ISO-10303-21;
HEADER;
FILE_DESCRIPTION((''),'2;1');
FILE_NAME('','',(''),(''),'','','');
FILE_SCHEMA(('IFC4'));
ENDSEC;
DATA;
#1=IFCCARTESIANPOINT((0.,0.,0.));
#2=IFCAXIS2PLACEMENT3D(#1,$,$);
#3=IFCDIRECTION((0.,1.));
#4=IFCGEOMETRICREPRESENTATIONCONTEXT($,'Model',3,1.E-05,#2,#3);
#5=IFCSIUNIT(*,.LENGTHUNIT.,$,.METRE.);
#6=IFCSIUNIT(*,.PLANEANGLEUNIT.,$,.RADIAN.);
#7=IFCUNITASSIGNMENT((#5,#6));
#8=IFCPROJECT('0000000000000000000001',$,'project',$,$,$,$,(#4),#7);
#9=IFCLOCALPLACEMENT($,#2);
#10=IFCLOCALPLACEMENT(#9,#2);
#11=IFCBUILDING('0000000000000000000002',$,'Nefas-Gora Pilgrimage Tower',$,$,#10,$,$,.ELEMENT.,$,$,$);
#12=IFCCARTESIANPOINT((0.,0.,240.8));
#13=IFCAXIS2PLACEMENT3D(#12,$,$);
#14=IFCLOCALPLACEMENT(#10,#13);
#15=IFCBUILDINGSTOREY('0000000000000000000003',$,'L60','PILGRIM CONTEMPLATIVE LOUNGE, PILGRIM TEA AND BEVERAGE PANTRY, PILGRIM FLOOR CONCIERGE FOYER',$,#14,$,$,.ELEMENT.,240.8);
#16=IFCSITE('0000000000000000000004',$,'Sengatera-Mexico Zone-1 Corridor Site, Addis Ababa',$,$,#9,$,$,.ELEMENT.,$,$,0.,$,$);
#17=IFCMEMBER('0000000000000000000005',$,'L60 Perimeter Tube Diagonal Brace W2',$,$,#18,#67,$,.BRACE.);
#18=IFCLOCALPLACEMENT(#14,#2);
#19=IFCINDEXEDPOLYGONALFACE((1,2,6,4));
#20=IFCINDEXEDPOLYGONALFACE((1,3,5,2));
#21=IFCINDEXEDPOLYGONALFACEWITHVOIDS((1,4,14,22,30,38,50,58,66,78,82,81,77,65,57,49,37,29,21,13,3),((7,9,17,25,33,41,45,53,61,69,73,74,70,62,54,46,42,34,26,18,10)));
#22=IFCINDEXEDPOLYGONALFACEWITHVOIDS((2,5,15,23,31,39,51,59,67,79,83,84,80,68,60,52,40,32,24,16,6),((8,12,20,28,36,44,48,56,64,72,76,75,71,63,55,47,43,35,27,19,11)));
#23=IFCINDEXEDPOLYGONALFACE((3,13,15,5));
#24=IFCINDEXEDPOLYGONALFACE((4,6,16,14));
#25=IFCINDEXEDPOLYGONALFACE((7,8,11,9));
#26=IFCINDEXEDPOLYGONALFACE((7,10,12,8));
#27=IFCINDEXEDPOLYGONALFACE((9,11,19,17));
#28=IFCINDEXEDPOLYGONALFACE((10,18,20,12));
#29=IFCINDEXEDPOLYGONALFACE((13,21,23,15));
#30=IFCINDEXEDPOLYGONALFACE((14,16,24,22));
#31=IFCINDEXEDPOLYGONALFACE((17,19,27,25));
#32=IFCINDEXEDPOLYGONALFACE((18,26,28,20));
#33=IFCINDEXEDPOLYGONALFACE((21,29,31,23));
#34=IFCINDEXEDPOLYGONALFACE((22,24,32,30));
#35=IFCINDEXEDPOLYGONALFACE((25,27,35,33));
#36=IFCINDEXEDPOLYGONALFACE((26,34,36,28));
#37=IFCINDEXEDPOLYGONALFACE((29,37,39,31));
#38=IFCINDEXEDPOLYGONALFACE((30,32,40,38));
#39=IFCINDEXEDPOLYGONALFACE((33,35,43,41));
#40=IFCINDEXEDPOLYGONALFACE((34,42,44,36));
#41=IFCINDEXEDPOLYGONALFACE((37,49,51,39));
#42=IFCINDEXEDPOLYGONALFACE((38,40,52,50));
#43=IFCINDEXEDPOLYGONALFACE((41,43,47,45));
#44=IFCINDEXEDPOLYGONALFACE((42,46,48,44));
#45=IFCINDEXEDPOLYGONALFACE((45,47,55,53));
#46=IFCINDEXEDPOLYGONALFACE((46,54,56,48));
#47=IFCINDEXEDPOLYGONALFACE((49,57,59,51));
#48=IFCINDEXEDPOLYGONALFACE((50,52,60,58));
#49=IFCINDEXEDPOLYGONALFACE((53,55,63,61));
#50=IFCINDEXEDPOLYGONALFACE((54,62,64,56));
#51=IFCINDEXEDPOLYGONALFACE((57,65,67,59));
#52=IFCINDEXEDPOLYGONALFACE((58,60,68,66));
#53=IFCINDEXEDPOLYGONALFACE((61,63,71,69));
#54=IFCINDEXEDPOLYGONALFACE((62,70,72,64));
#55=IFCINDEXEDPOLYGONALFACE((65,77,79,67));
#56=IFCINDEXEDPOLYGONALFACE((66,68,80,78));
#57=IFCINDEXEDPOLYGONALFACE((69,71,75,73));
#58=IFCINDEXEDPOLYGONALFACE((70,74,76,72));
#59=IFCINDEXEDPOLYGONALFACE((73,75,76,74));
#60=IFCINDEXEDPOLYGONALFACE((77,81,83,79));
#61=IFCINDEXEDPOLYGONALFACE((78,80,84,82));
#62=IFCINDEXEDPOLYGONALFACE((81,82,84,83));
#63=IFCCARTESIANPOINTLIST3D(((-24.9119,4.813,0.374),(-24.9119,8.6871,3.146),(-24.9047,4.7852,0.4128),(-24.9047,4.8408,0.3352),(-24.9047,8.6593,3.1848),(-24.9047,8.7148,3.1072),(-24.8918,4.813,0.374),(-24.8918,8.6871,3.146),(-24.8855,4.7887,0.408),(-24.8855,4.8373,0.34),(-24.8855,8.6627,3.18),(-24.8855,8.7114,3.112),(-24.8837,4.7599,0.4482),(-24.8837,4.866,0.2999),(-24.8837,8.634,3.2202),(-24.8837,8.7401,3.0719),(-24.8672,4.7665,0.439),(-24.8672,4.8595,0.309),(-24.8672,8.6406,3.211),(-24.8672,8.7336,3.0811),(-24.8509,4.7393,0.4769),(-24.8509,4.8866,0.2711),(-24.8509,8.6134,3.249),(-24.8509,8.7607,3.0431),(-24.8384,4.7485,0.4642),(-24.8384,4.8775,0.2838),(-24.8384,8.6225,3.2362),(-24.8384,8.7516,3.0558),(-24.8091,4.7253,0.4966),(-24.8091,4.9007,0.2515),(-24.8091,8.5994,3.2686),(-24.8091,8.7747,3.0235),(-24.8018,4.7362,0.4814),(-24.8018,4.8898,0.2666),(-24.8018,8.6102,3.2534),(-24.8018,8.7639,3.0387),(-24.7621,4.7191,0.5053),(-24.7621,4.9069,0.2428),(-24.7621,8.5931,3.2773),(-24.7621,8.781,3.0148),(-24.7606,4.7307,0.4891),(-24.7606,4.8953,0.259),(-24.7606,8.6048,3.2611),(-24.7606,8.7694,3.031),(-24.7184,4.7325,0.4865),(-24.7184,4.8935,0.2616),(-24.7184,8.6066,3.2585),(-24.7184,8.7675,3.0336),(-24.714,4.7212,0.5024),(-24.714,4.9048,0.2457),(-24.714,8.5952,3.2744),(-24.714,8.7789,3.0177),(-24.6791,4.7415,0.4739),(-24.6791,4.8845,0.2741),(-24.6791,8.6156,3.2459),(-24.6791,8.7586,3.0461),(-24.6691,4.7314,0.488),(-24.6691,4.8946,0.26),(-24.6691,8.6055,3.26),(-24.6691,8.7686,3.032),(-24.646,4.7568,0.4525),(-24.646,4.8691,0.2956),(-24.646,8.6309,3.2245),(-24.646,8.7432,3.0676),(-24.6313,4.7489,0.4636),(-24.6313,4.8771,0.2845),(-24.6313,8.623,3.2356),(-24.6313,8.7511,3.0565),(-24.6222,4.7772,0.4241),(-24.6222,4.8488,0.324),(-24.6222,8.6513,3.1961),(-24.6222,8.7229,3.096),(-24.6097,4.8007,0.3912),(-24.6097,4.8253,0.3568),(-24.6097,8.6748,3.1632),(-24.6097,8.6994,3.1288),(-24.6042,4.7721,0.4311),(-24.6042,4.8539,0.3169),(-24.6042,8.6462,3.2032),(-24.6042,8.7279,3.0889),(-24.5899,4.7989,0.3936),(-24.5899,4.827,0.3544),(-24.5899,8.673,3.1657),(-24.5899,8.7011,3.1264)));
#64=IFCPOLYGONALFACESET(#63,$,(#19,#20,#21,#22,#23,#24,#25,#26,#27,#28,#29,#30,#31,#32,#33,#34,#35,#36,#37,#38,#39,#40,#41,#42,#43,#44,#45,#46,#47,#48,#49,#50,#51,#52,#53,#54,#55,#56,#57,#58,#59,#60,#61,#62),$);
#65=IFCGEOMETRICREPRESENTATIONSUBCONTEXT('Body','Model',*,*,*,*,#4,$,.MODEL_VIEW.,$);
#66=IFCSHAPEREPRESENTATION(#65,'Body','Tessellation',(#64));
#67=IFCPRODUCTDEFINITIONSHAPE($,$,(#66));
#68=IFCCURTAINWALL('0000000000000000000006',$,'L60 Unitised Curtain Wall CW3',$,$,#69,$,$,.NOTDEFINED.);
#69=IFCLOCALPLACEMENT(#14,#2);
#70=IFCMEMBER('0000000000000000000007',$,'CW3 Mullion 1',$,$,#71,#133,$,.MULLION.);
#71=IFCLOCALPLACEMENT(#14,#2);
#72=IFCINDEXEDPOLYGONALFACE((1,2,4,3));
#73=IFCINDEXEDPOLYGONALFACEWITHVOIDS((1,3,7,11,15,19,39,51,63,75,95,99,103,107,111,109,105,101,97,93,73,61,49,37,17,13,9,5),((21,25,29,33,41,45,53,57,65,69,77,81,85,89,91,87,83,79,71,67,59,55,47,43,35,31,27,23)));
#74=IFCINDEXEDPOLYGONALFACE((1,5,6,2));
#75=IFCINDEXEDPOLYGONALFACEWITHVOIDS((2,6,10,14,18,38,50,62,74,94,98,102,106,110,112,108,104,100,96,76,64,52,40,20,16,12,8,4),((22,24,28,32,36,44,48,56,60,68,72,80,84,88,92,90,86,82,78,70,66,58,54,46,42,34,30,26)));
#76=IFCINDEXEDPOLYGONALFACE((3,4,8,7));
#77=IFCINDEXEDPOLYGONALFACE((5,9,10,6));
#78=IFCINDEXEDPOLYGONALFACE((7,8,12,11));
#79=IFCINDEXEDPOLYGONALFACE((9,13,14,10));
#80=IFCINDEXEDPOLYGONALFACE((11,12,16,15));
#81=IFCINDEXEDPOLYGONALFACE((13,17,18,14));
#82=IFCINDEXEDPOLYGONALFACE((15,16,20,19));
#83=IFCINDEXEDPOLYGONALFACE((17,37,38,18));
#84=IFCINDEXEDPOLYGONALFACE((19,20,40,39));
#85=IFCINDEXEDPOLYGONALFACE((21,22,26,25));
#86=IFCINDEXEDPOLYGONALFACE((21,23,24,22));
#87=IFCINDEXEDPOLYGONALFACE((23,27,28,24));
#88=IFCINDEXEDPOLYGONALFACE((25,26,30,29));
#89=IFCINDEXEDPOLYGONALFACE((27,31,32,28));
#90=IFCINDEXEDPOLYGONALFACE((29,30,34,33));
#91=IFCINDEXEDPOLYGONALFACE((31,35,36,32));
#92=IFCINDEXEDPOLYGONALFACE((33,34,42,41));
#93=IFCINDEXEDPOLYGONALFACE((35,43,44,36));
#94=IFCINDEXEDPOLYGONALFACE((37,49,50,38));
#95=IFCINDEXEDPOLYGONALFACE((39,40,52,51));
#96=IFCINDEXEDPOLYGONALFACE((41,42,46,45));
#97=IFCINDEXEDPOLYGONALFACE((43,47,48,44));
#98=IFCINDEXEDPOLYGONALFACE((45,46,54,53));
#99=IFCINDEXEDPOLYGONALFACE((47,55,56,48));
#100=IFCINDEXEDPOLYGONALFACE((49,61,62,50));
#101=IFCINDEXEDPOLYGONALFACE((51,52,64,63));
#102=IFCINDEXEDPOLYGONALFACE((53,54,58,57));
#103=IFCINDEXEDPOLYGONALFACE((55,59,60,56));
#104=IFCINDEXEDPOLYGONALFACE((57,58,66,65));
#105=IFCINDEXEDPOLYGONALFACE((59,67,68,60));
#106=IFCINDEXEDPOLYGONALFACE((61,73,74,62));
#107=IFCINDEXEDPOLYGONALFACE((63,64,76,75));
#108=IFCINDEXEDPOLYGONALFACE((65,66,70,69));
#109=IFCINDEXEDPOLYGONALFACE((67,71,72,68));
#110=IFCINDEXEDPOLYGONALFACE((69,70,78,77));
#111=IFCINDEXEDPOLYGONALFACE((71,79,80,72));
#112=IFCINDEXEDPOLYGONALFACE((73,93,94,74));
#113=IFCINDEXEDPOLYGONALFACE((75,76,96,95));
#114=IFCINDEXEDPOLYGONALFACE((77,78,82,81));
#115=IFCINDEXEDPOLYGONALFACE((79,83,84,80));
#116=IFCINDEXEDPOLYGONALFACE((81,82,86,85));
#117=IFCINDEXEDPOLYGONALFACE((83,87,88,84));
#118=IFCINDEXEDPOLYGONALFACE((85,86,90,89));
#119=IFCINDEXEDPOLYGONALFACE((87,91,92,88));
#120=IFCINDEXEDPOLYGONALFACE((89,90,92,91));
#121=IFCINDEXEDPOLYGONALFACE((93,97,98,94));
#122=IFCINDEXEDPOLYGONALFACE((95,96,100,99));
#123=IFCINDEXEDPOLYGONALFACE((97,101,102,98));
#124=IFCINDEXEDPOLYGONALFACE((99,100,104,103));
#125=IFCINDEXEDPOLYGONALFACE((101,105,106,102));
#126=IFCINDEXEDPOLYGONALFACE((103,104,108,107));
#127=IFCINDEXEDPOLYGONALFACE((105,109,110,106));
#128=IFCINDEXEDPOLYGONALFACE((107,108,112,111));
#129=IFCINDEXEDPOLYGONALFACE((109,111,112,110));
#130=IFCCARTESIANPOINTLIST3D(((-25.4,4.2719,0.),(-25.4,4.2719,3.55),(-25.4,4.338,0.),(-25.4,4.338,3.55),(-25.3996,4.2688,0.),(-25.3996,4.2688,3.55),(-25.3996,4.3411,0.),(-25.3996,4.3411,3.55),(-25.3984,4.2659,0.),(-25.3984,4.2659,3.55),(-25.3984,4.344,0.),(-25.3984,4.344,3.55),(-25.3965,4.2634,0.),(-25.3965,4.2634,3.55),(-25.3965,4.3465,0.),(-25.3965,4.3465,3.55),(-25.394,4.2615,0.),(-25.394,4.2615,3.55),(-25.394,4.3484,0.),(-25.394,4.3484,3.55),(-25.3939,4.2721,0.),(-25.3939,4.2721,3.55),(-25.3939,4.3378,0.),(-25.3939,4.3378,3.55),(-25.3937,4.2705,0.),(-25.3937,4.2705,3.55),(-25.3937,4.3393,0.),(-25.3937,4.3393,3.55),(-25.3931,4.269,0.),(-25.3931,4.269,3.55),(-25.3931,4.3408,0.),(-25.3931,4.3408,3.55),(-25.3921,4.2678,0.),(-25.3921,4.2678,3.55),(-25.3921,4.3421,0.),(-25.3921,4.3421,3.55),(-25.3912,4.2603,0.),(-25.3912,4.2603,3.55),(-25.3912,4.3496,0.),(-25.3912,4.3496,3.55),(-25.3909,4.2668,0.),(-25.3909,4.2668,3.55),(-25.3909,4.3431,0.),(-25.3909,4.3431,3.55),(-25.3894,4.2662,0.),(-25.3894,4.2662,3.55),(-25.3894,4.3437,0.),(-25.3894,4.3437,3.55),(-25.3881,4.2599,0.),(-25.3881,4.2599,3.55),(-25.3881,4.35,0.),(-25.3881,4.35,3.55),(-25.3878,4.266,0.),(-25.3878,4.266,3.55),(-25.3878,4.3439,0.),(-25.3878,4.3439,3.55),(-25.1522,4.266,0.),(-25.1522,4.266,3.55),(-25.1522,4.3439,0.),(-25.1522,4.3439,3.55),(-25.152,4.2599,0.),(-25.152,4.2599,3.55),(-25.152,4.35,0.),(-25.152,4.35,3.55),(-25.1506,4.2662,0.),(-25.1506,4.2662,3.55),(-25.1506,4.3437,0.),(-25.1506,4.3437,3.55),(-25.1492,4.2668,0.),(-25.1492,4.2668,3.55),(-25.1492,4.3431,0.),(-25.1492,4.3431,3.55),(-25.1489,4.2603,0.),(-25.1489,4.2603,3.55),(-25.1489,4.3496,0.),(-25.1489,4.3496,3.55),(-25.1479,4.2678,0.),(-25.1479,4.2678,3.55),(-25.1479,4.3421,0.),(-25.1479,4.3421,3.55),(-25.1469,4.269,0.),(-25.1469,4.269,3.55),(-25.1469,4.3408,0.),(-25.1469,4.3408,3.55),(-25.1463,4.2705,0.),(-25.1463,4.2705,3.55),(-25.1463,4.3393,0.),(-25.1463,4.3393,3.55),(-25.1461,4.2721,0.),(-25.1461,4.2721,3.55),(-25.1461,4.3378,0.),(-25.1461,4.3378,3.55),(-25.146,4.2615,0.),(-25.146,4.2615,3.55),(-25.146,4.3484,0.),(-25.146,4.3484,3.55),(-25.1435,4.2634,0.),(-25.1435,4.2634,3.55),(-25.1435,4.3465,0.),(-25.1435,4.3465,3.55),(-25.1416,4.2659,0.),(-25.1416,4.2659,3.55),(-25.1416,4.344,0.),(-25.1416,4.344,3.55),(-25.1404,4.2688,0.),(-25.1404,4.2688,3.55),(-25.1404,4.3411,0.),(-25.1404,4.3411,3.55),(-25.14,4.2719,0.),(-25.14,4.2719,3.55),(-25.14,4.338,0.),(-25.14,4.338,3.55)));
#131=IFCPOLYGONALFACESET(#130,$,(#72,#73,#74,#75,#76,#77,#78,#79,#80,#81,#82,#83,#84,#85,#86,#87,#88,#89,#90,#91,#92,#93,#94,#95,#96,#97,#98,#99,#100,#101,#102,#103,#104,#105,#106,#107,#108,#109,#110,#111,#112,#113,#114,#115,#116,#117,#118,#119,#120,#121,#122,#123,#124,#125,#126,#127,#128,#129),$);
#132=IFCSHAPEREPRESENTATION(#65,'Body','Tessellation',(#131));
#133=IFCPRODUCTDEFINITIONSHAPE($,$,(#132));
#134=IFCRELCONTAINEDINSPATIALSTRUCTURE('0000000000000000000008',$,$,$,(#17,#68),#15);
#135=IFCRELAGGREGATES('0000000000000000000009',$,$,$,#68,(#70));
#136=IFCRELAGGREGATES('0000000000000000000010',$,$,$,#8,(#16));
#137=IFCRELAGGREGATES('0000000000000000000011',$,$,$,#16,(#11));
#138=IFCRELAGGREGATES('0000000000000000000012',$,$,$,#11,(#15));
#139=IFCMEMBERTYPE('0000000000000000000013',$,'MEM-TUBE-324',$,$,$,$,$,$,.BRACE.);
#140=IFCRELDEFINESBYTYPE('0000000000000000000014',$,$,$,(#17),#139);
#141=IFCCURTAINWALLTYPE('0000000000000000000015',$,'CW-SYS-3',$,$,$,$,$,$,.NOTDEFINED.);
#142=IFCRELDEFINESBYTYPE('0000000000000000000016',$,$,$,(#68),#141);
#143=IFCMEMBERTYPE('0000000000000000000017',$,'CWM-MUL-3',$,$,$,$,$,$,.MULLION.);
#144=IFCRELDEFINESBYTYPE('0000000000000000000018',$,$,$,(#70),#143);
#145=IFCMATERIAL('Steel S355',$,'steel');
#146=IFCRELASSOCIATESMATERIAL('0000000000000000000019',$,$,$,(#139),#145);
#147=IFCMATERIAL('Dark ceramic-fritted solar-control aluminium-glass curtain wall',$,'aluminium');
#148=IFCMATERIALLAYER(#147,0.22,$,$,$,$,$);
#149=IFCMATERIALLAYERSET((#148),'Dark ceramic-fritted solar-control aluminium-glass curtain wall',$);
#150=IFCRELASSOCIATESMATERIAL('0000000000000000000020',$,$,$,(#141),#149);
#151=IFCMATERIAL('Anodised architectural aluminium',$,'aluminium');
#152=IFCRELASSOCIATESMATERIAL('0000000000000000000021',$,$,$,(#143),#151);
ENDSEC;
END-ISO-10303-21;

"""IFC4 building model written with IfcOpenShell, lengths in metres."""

from ifc_helpers import new_model, si_unit, direction, frame, origin, origin_2d, place, context, subcontext, project, spatial, hollow_rectangle, hollow_circle, extrude, source, transform, mapped, material, layer, layer_set, material_profile, profile_set, type_object, element, aggregate, save


model = new_model("IFC4")

# Units and contexts
model_context = context("Model", 3, precision=1e-05, world=origin(), true_north=direction((0.0, 1.0)))
body_context = subcontext(model_context, "Body", "Model", "MODEL_VIEW")
ifc_project = project(units=[si_unit("LENGTHUNIT", "METRE"), si_unit("PLANEANGLEUNIT", "RADIAN")], contexts=[model_context])

# Site, building, storey
site_placement = place(None, origin())
site = spatial("IfcSite", under=ifc_project, at=site_placement, Name="Sengatera-Mexico Zone-1 Corridor Site, Addis Ababa", CompositionType="ELEMENT", RefElevation=0.0)
building_placement = place(site_placement, origin())
building = spatial("IfcBuilding", under=site, at=building_placement, Name="Nefas-Gora Pilgrimage Tower", CompositionType="ELEMENT")
storey_placement = place(building_placement, frame((0.0, 0.0, 240.8)))
storey = spatial("IfcBuildingStorey", under=building, at=storey_placement, Name="L60", Description="PILGRIM CONTEMPLATIVE LOUNGE, PILGRIM TEA AND BEVERAGE PANTRY, PILGRIM FLOOR CONCIERGE FOYER", CompositionType="ELEMENT", Elevation=240.8)

# Shared definitions
ifc_material_1 = material(Name="Steel S355", Category="steel")

# Member
ifc_material_profile_1 = material_profile(ifc_material_1, hollow_circle(Radius=0.1619, WallThickness=0.02, at=origin_2d()), Name="CHS 323.9x20")
ifc_profile_set_1 = profile_set([ifc_material_profile_1], Name="Steel S355")
member_type_1 = type_object("IfcMemberType", Name="MEM-TUBE-324", PredefinedType="BRACE", material=ifc_profile_set_1)
shared_shape_1 = source(origin(), body_context, "Body", "SweptSolid", [
    extrude(hollow_circle(Radius=0.1619, WallThickness=0.02, at=origin_2d()), origin(), (0.0, 0.0, 1.0), 4.7637),
])
member_1_placement = place(storey_placement, frame((-24.75, 4.813, 0.374), z_axis=(0.0, 0.813255, 0.581907), x_axis=(-1.0, 0.0, 0.0)))
element("IfcMember", 1, at=member_1_placement, inside=storey, type_object=member_type_1, Name="L60 Perimeter Tube Diagonal Brace W2", PredefinedType="BRACE", context=body_context, shape_type="MappedRepresentation", body=[
    mapped(shared_shape_1, transform((0.0, 0.0, 0.0), x_axis=(1.0, 0.0, 0.0), y_axis=(0.0, 1.0, 0.0), z_axis=(0.0, 0.0, 1.0), scale=1.0)),
])

# Curtain wall, member
ifc_material_2 = material(Name="Dark ceramic-fritted solar-control aluminium-glass curtain wall", Category="aluminium")
ifc_layer_1 = layer(ifc_material_2, 0.22)
ifc_layer_set_1 = layer_set([ifc_layer_1], Name="Dark ceramic-fritted solar-control aluminium-glass curtain wall")
curtain_wall_type = type_object("IfcCurtainWallType", Name="CW-SYS-3", PredefinedType="NOTDEFINED", material=ifc_layer_set_1)
curtain_wall_placement = place(storey_placement, origin())
curtain_wall = element("IfcCurtainWall", 2, at=curtain_wall_placement, inside=storey, type_object=curtain_wall_type, Name="L60 Unitised Curtain Wall CW3", PredefinedType="NOTDEFINED")
ifc_material_3 = material(Name="Anodised architectural aluminium", Category="aluminium")
ifc_material_profile_2 = material_profile(ifc_material_3, hollow_rectangle(XDim=0.0901, YDim=0.26, WallThickness=0.0061, InnerFilletRadius=0.0061, OuterFilletRadius=0.012, at=origin_2d()), Name="ALU MULLION 90x260")
ifc_profile_set_2 = profile_set([ifc_material_profile_2], Name="Anodised architectural aluminium")
member_type_2 = type_object("IfcMemberType", Name="CWM-MUL-3", PredefinedType="MULLION", material=ifc_profile_set_2)
shared_shape_2 = source(origin(), body_context, "Body", "SweptSolid", [
    extrude(hollow_rectangle(XDim=0.0901, YDim=0.26, WallThickness=0.0061, InnerFilletRadius=0.0061, OuterFilletRadius=0.012, at=origin_2d()), origin(), (0.0, 0.0, 1.0), 3.55),
])
member_2_placement = place(storey_placement, frame((-25.27, 4.3049, 0.0), z_axis=(0.0, 0.0, 1.0), x_axis=(0.0, -1.0, 0.0)))
member_2 = element("IfcMember", 3, at=member_2_placement, type_object=member_type_2, Name="CW3 Mullion 1", PredefinedType="MULLION", context=body_context, shape_type="MappedRepresentation", body=[
    mapped(shared_shape_2, transform((0.0, 0.0, 0.0), x_axis=(1.0, 0.0, 0.0), y_axis=(0.0, 1.0, 0.0), z_axis=(0.0, 0.0, 1.0), scale=1.0)),
])
aggregate(curtain_wall, [member_2])

save(model, "model.ifc")
